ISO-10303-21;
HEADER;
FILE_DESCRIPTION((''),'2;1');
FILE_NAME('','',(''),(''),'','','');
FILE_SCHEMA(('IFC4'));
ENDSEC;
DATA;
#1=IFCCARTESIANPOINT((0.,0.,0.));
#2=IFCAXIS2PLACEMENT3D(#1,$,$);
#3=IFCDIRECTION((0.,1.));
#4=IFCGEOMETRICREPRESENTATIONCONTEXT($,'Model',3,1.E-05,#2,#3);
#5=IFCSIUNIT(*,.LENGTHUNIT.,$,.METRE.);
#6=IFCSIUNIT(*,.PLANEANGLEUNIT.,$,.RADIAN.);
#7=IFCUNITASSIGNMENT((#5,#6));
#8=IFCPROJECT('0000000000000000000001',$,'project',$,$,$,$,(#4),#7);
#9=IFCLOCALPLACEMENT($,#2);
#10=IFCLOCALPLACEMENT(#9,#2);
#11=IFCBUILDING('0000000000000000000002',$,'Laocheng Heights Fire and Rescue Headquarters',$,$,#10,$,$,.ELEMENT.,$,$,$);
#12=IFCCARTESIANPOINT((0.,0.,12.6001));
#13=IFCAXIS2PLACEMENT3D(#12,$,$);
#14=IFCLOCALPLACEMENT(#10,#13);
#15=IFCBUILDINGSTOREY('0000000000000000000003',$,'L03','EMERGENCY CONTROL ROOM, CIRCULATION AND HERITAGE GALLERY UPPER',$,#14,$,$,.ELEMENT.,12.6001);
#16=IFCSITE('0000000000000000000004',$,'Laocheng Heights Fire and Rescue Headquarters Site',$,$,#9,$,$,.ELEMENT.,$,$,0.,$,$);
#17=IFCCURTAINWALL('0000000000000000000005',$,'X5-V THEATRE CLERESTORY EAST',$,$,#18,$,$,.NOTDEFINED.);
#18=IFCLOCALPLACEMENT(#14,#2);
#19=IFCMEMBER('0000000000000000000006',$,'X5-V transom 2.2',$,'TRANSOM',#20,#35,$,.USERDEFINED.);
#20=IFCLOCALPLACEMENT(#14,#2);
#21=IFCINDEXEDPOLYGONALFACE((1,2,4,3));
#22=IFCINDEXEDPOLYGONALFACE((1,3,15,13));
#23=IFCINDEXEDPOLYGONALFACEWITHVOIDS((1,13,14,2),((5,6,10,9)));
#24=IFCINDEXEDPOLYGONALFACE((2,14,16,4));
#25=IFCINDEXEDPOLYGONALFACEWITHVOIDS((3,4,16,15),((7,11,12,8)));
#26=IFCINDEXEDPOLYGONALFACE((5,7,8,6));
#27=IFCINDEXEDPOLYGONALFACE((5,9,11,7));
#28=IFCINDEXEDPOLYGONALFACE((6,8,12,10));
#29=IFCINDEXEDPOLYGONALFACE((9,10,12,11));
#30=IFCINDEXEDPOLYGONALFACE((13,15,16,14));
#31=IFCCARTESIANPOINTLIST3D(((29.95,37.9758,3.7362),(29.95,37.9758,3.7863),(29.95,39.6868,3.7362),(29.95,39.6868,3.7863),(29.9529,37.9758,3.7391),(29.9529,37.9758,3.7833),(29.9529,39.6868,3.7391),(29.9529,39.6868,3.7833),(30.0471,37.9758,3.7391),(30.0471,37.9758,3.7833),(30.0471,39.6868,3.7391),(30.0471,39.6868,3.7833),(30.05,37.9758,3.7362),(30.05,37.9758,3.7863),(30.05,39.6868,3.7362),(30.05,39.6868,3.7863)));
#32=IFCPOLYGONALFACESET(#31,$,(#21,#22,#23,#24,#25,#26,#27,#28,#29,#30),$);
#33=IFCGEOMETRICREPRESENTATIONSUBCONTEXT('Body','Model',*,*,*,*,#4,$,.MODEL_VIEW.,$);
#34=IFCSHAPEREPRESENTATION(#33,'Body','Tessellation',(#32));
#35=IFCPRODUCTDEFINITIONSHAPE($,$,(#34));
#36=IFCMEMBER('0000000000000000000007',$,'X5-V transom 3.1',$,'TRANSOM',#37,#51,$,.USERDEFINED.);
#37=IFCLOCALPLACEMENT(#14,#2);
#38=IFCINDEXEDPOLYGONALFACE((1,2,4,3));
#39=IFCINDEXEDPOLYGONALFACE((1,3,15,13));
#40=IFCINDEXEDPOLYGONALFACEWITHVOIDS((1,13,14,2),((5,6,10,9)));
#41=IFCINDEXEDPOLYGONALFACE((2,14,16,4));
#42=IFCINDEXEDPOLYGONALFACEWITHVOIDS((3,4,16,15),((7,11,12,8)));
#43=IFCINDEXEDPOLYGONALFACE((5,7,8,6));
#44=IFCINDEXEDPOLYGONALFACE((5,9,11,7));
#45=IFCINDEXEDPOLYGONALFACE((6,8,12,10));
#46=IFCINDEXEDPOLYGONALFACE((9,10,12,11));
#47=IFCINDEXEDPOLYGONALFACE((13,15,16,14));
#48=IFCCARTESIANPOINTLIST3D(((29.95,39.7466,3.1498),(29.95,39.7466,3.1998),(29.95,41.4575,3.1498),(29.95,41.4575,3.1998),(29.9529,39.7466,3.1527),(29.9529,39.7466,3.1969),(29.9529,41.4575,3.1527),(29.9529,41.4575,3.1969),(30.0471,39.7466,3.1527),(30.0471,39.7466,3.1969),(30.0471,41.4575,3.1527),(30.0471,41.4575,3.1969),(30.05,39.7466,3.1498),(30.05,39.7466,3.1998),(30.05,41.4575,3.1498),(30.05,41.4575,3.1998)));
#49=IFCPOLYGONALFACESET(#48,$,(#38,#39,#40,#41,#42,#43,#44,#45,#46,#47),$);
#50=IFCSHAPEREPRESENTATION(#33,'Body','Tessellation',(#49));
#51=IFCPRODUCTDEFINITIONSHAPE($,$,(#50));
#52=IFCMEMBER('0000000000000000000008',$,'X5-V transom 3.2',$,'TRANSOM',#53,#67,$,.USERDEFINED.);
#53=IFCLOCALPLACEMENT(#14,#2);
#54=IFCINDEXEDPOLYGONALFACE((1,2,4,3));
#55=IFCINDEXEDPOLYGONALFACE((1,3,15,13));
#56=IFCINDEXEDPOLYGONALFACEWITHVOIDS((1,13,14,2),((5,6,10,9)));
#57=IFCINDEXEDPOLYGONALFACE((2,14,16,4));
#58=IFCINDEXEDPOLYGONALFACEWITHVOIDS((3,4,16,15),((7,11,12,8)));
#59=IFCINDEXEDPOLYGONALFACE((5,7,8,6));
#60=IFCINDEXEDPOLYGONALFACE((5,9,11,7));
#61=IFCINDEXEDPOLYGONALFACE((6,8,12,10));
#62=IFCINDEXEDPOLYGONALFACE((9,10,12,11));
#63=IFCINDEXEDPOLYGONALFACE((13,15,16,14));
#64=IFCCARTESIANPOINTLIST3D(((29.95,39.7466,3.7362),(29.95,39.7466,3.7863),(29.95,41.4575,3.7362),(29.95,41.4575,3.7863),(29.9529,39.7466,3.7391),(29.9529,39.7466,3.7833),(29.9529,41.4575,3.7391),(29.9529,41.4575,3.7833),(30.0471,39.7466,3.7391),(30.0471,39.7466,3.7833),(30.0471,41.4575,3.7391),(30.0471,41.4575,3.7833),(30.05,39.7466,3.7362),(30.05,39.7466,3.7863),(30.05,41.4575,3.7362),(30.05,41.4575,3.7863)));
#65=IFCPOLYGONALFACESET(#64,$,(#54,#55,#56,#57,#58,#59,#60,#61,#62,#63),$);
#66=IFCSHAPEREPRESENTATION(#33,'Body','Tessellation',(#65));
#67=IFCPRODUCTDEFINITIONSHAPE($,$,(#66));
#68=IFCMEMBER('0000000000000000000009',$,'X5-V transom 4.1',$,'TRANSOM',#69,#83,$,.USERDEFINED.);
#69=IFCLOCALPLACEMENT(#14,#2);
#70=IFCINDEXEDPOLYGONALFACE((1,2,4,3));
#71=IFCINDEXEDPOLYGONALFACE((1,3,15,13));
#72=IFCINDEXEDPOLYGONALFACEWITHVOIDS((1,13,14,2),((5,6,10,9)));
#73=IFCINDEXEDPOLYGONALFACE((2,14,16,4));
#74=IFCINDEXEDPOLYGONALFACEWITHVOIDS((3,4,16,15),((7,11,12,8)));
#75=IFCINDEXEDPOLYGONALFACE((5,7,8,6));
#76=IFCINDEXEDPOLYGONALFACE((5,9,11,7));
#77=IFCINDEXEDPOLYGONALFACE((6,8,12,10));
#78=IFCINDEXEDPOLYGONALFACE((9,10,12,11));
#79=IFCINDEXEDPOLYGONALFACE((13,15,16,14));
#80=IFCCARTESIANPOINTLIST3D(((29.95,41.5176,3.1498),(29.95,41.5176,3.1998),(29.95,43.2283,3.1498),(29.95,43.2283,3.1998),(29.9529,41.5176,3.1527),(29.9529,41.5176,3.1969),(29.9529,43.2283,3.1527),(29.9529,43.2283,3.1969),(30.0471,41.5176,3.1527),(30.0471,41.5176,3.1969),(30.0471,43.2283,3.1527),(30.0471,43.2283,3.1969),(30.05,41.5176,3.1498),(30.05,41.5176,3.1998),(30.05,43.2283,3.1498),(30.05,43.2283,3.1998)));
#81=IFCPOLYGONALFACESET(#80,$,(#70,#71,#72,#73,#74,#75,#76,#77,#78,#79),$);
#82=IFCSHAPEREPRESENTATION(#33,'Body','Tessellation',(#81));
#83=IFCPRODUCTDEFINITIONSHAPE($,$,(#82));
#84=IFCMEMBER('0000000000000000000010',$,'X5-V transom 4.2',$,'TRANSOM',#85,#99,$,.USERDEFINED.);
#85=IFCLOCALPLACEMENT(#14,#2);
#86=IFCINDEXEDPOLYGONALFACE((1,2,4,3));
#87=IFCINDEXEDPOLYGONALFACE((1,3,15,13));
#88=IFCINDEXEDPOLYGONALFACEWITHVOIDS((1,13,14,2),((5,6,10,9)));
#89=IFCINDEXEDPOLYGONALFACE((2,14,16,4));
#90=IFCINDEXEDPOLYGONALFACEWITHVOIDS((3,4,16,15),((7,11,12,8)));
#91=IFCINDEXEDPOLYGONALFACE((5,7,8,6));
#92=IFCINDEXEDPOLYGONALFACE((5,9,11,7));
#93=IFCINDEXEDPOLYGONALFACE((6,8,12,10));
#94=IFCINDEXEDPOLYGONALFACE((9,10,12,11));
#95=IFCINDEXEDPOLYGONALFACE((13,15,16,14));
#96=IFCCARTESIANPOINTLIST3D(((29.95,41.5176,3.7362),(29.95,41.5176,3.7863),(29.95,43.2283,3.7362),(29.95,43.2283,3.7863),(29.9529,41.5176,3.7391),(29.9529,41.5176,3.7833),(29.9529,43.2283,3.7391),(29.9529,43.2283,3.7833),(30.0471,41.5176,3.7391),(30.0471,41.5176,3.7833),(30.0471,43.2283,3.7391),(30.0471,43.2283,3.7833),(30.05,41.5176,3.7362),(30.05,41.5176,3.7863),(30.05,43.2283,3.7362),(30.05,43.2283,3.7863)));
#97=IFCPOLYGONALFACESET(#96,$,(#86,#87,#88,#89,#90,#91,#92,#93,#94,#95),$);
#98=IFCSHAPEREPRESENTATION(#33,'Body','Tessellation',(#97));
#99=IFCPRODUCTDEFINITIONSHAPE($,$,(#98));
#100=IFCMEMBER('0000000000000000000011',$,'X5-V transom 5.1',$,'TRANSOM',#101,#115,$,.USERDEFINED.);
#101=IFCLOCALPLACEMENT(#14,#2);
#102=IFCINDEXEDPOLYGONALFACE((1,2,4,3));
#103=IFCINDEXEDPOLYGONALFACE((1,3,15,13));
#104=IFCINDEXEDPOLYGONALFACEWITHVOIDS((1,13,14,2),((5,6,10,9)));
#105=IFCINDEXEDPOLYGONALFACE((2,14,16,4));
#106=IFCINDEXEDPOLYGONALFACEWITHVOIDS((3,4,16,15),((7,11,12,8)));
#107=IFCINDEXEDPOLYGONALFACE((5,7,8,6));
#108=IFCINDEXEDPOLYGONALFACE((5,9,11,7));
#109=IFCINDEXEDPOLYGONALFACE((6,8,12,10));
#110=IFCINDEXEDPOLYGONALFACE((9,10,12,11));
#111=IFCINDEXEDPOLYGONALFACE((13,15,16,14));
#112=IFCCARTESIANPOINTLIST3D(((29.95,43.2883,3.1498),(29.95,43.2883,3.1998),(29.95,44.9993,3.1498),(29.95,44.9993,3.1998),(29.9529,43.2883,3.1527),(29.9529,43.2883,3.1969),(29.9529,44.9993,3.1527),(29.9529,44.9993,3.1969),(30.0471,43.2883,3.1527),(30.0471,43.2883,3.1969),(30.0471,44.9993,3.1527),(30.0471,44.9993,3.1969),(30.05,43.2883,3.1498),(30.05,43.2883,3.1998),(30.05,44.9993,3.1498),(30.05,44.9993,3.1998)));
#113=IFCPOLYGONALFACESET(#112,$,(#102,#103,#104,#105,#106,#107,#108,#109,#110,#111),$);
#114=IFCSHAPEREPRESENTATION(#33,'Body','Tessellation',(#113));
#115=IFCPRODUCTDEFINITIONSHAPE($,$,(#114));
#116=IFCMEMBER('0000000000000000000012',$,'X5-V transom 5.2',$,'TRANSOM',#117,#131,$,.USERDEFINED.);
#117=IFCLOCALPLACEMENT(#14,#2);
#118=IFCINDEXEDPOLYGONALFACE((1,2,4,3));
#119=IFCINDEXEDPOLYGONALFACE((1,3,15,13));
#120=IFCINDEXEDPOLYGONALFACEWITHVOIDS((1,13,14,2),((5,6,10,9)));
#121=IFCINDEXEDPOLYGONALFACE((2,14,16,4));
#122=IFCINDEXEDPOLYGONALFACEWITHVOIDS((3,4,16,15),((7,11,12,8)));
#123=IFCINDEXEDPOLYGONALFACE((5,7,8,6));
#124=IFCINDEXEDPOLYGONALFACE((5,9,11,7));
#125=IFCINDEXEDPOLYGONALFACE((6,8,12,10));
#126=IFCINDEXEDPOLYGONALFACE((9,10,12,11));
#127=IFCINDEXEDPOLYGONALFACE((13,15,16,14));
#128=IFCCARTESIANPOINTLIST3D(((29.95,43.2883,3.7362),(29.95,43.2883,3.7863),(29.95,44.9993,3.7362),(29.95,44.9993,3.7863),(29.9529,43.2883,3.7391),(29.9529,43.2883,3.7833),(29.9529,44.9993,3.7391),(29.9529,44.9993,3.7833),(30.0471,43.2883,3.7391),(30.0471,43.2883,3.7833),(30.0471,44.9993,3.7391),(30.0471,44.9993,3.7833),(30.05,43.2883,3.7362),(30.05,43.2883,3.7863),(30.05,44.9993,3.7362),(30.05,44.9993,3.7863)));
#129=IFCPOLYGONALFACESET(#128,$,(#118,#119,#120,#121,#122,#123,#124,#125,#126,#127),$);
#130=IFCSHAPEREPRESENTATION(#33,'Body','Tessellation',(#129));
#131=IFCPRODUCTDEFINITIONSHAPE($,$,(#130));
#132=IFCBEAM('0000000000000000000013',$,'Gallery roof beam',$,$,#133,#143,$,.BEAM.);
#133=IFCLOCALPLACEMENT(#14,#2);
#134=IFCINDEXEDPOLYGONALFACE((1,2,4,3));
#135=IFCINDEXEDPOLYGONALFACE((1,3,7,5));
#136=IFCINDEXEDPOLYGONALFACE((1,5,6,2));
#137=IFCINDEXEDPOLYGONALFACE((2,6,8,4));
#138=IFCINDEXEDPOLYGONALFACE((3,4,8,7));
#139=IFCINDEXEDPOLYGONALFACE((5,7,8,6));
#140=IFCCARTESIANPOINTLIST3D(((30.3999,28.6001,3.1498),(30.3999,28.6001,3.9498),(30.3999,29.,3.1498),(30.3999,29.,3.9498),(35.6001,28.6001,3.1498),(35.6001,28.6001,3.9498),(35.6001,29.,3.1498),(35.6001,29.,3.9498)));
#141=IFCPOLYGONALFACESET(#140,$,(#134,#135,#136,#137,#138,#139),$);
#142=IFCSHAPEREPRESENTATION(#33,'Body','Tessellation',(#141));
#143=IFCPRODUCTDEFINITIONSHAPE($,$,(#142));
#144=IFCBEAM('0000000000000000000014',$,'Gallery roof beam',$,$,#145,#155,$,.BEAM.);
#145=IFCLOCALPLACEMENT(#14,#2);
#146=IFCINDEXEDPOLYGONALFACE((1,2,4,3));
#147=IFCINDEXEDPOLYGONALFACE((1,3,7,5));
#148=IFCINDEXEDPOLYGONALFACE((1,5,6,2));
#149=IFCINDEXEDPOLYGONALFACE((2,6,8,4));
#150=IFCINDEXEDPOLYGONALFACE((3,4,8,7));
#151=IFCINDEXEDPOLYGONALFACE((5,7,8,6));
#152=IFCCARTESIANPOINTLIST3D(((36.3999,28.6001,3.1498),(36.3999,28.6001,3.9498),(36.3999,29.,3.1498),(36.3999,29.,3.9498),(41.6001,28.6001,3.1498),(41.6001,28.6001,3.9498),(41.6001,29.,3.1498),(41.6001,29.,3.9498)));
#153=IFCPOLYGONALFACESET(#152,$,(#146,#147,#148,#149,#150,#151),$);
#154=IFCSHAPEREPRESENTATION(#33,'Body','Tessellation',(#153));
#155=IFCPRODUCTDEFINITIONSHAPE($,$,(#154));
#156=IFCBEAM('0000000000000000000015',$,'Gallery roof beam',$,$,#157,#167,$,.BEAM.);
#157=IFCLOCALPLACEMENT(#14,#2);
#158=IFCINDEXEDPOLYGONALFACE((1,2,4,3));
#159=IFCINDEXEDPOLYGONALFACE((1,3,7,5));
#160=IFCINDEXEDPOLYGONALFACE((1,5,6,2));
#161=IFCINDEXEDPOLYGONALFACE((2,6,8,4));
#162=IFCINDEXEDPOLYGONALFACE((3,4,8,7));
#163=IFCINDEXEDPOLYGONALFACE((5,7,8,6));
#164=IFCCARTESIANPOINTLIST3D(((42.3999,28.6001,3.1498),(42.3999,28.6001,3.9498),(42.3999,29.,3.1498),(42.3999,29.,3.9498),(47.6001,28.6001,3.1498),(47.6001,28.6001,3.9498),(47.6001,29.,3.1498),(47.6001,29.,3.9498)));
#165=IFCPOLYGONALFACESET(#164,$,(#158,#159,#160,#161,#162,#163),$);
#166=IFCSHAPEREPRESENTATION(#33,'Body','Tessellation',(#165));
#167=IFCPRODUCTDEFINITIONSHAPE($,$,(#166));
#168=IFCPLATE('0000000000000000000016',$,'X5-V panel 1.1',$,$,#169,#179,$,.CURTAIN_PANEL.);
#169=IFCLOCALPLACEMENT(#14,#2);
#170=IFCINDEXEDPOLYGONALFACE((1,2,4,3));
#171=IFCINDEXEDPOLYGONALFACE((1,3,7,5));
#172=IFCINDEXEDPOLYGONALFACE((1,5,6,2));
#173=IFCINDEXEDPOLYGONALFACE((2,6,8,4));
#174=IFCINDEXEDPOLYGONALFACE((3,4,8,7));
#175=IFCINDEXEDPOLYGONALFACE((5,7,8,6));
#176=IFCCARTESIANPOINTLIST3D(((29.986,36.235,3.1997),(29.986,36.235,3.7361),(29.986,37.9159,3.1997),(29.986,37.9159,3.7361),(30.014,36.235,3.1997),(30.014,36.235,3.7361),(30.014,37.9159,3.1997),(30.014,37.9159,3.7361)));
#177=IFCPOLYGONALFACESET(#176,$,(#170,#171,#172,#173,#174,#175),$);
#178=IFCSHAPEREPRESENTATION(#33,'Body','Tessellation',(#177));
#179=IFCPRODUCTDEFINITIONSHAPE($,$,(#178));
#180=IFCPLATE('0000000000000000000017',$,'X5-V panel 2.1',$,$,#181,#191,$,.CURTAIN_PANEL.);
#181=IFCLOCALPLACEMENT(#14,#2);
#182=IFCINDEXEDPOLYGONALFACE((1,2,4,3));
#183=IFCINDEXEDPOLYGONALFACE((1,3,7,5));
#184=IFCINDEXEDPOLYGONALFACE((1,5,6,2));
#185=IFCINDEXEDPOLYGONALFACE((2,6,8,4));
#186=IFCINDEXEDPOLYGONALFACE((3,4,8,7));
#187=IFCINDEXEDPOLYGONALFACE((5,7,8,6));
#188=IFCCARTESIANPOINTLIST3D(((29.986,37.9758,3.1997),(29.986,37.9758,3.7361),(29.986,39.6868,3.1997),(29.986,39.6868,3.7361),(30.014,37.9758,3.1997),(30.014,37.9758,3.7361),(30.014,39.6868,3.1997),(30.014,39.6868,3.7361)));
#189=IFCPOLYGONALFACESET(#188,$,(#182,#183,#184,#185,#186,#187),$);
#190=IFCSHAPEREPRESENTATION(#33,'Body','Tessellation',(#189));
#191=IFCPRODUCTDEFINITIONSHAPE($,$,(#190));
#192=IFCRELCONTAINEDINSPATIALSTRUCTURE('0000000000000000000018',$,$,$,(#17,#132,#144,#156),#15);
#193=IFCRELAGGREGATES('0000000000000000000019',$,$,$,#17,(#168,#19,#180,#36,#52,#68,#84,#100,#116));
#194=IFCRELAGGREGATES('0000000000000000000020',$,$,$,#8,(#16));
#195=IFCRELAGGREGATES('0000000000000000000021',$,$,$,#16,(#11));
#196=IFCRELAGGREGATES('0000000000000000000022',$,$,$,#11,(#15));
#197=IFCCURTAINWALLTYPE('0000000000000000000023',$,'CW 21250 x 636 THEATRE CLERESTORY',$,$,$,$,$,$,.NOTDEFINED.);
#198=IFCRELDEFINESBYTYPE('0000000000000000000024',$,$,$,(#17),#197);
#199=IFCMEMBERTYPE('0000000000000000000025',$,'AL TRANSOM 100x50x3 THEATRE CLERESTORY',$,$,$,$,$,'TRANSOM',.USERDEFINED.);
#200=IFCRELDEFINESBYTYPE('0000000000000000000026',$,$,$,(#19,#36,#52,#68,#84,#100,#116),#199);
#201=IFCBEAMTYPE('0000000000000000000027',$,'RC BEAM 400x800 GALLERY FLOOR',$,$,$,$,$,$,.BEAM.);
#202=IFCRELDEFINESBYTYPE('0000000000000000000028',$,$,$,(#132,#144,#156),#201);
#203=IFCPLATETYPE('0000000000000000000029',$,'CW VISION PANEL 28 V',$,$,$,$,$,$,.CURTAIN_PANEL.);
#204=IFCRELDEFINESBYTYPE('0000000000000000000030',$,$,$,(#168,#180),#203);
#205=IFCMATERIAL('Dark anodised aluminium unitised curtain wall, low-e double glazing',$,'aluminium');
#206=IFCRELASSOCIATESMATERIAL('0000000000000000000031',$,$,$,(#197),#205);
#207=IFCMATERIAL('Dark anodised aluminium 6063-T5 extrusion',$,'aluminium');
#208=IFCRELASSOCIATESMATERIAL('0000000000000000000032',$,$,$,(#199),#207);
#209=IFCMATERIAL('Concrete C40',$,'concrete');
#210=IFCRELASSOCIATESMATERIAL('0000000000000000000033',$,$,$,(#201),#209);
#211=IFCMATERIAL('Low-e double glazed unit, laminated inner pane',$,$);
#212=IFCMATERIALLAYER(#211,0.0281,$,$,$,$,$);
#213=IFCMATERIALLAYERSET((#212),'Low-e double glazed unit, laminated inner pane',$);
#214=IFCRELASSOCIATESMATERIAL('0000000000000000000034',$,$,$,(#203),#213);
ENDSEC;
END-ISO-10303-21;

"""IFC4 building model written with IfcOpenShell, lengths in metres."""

from ifc_helpers import new_model, si_unit, direction, frame, origin, origin_2d, place, context, subcontext, project, spatial, rectangle, hollow_rectangle, extrude, material, layer, layer_set, material_profile, profile_set, type_object, element, aggregate, save


model = new_model("IFC4")

# Units and contexts
model_context = context("Model", 3, precision=1e-05, world=origin(), true_north=direction((0.0, 1.0)))
body_context = subcontext(model_context, "Body", "Model", "MODEL_VIEW")
ifc_project = project(units=[si_unit("LENGTHUNIT", "METRE"), si_unit("PLANEANGLEUNIT", "RADIAN")], contexts=[model_context])

# Site, building, storey
site_placement = place(None, origin())
site = spatial("IfcSite", under=ifc_project, at=site_placement, Name="Laocheng Heights Fire and Rescue Headquarters Site", CompositionType="ELEMENT", RefElevation=0.0)
building_placement = place(site_placement, origin())
building = spatial("IfcBuilding", under=site, at=building_placement, Name="Laocheng Heights Fire and Rescue Headquarters", CompositionType="ELEMENT")
storey_placement = place(building_placement, frame((0.0, 0.0, 12.6001)))
storey = spatial("IfcBuildingStorey", under=building, at=storey_placement, Name="L03", Description="EMERGENCY CONTROL ROOM, CIRCULATION AND HERITAGE GALLERY UPPER", CompositionType="ELEMENT", Elevation=12.6001)

# Curtain wall, members
ifc_material_1 = material(Name="Dark anodised aluminium unitised curtain wall, low-e double glazing", Category="aluminium")
curtain_wall_type = type_object("IfcCurtainWallType", Name="CW 21250 x 636 THEATRE CLERESTORY", PredefinedType="NOTDEFINED", material=ifc_material_1)
curtain_wall_placement = place(storey_placement, origin())
curtain_wall = element("IfcCurtainWall", 1, at=curtain_wall_placement, inside=storey, type_object=curtain_wall_type, Name="X5-V THEATRE CLERESTORY EAST", PredefinedType="NOTDEFINED")
ifc_material_2 = material(Name="Dark anodised aluminium 6063-T5 extrusion", Category="aluminium")
ifc_material_profile_1 = material_profile(ifc_material_2, hollow_rectangle(XDim=0.1001, YDim=0.05, WallThickness=0.0029, at=origin_2d()), Name="AL TRANSOM 100x50x3 THEATRE CLERESTORY")
ifc_profile_set_1 = profile_set([ifc_material_profile_1], Name="Dark anodised aluminium 6063-T5 extrusion")
member_type_1 = type_object("IfcMemberType", Name="AL TRANSOM 100x50x3 THEATRE CLERESTORY", ElementType="TRANSOM", PredefinedType="USERDEFINED", material=ifc_profile_set_1)
member_1_placement = place(storey_placement, frame((30.0, 37.9758, 3.7612), z_axis=(0.0, 1.0, 0.0), x_axis=(-1.0, 0.0, 0.0)))
member_1 = element("IfcMember", 2, at=member_1_placement, type_object=member_type_1, Name="X5-V transom 2.2", ObjectType="TRANSOM", PredefinedType="USERDEFINED", context=body_context, shape_type="SweptSolid", body=[
    extrude(hollow_rectangle(XDim=0.1001, YDim=0.05, WallThickness=0.0029, at=origin_2d()), origin(), (0.0, 0.0, 1.0), 1.7109),
])
member_2_placement = place(storey_placement, frame((30.0, 39.7466, 3.1748), z_axis=(0.0, 1.0, 0.0), x_axis=(-1.0, 0.0, 0.0)))
member_2 = element("IfcMember", 3, at=member_2_placement, type_object=member_type_1, Name="X5-V transom 3.1", ObjectType="TRANSOM", PredefinedType="USERDEFINED", context=body_context, shape_type="SweptSolid", body=[
    extrude(hollow_rectangle(XDim=0.1001, YDim=0.05, WallThickness=0.0029, at=origin_2d()), origin(), (0.0, 0.0, 1.0), 1.7109),
])
member_3_placement = place(storey_placement, frame((30.0, 39.7466, 3.7612), z_axis=(0.0, 1.0, 0.0), x_axis=(-1.0, 0.0, 0.0)))
member_3 = element("IfcMember", 4, at=member_3_placement, type_object=member_type_1, Name="X5-V transom 3.2", ObjectType="TRANSOM", PredefinedType="USERDEFINED", context=body_context, shape_type="SweptSolid", body=[
    extrude(hollow_rectangle(XDim=0.1001, YDim=0.05, WallThickness=0.0029, at=origin_2d()), origin(), (0.0, 0.0, 1.0), 1.7109),
])
member_4_placement = place(storey_placement, frame((30.0, 41.5176, 3.1748), z_axis=(0.0, 1.0, 0.0), x_axis=(-1.0, 0.0, 0.0)))
member_4 = element("IfcMember", 5, at=member_4_placement, type_object=member_type_1, Name="X5-V transom 4.1", ObjectType="TRANSOM", PredefinedType="USERDEFINED", context=body_context, shape_type="SweptSolid", body=[
    extrude(hollow_rectangle(XDim=0.1001, YDim=0.05, WallThickness=0.0029, at=origin_2d()), origin(), (0.0, 0.0, 1.0), 1.7107),
])
member_5_placement = place(storey_placement, frame((30.0, 41.5176, 3.7612), z_axis=(0.0, 1.0, 0.0), x_axis=(-1.0, 0.0, 0.0)))
member_5 = element("IfcMember", 6, at=member_5_placement, type_object=member_type_1, Name="X5-V transom 4.2", ObjectType="TRANSOM", PredefinedType="USERDEFINED", context=body_context, shape_type="SweptSolid", body=[
    extrude(hollow_rectangle(XDim=0.1001, YDim=0.05, WallThickness=0.0029, at=origin_2d()), origin(), (0.0, 0.0, 1.0), 1.7107),
])
member_6_placement = place(storey_placement, frame((30.0, 43.2883, 3.1748), z_axis=(0.0, 1.0, 0.0), x_axis=(-1.0, 0.0, 0.0)))
member_6 = element("IfcMember", 7, at=member_6_placement, type_object=member_type_1, Name="X5-V transom 5.1", ObjectType="TRANSOM", PredefinedType="USERDEFINED", context=body_context, shape_type="SweptSolid", body=[
    extrude(hollow_rectangle(XDim=0.1001, YDim=0.05, WallThickness=0.0029, at=origin_2d()), origin(), (0.0, 0.0, 1.0), 1.7109),
])
member_7_placement = place(storey_placement, frame((30.0, 43.2883, 3.7612), z_axis=(0.0, 1.0, 0.0), x_axis=(-1.0, 0.0, 0.0)))
member_7 = element("IfcMember", 8, at=member_7_placement, type_object=member_type_1, Name="X5-V transom 5.2", ObjectType="TRANSOM", PredefinedType="USERDEFINED", context=body_context, shape_type="SweptSolid", body=[
    extrude(hollow_rectangle(XDim=0.1001, YDim=0.05, WallThickness=0.0029, at=origin_2d()), origin(), (0.0, 0.0, 1.0), 1.7109),
])

# Beams
ifc_material_3 = material(Name="Concrete C40", Category="concrete")
ifc_material_profile_2 = material_profile(ifc_material_3, rectangle(XDim=0.3999, YDim=0.8, at=origin_2d()), Name="RC BEAM 400x800 GALLERY FLOOR")
ifc_profile_set_2 = profile_set([ifc_material_profile_2], Name="Concrete C40")
beam_type = type_object("IfcBeamType", Name="RC BEAM 400x800 GALLERY FLOOR", PredefinedType="BEAM", material=ifc_profile_set_2)
for number, where, z_axis, x_axis, name in (
    (9, (30.3999, 28.8, 3.5498), (1.0, 0.0, 0.0), (0.0, 1.0, 0.0), "Gallery roof beam"),
    (10, (36.3999, 28.8, 3.5498), (1.0, 0.0, 0.0), (0.0, 1.0, 0.0), "Gallery roof beam"),
    (11, (42.3999, 28.8, 3.5498), (1.0, 0.0, 0.0), (0.0, 1.0, 0.0), "Gallery roof beam"),
):
    element("IfcBeam", number, at=place(storey_placement, frame(where, z_axis=z_axis, x_axis=x_axis)), inside=storey, type_object=beam_type, Name=name, PredefinedType="BEAM", context=body_context, shape_type="SweptSolid", body=[
        extrude(rectangle(XDim=0.3999, YDim=0.8, at=origin_2d()), origin(), (0.0, 0.0, 1.0), 5.2002),
    ])

# Plates
ifc_material_4 = material(Name="Low-e double glazed unit, laminated inner pane")
ifc_layer_1 = layer(ifc_material_4, 0.0281)
ifc_layer_set_1 = layer_set([ifc_layer_1], Name="Low-e double glazed unit, laminated inner pane")
plate_type = type_object("IfcPlateType", Name="CW VISION PANEL 28 V", PredefinedType="CURTAIN_PANEL", material=ifc_layer_set_1)
plate_1_placement = place(storey_placement, frame((30.0, 37.0754, 3.1997), z_axis=(0.0, 0.0, 1.0), x_axis=(0.0, 1.0, 0.0)))
plate_1 = element("IfcPlate", 12, at=plate_1_placement, type_object=plate_type, Name="X5-V panel 1.1", PredefinedType="CURTAIN_PANEL", context=body_context, shape_type="SweptSolid", body=[
    extrude(rectangle(XDim=1.6809, YDim=0.0281, at=origin_2d()), origin(), (0.0, 0.0, 1.0), 0.5364),
])
plate_2_placement = place(storey_placement, frame((30.0, 38.8313, 3.1997), z_axis=(0.0, 0.0, 1.0), x_axis=(0.0, 1.0, 0.0)))
plate_2 = element("IfcPlate", 13, at=plate_2_placement, type_object=plate_type, Name="X5-V panel 2.1", PredefinedType="CURTAIN_PANEL", context=body_context, shape_type="SweptSolid", body=[
    extrude(rectangle(XDim=1.7109, YDim=0.0281, at=origin_2d()), origin(), (0.0, 0.0, 1.0), 0.5364),
])
aggregate(curtain_wall, [plate_1, member_1, plate_2, member_2, member_3, member_4, member_5, member_6, member_7])

save(model, "model.ifc")
